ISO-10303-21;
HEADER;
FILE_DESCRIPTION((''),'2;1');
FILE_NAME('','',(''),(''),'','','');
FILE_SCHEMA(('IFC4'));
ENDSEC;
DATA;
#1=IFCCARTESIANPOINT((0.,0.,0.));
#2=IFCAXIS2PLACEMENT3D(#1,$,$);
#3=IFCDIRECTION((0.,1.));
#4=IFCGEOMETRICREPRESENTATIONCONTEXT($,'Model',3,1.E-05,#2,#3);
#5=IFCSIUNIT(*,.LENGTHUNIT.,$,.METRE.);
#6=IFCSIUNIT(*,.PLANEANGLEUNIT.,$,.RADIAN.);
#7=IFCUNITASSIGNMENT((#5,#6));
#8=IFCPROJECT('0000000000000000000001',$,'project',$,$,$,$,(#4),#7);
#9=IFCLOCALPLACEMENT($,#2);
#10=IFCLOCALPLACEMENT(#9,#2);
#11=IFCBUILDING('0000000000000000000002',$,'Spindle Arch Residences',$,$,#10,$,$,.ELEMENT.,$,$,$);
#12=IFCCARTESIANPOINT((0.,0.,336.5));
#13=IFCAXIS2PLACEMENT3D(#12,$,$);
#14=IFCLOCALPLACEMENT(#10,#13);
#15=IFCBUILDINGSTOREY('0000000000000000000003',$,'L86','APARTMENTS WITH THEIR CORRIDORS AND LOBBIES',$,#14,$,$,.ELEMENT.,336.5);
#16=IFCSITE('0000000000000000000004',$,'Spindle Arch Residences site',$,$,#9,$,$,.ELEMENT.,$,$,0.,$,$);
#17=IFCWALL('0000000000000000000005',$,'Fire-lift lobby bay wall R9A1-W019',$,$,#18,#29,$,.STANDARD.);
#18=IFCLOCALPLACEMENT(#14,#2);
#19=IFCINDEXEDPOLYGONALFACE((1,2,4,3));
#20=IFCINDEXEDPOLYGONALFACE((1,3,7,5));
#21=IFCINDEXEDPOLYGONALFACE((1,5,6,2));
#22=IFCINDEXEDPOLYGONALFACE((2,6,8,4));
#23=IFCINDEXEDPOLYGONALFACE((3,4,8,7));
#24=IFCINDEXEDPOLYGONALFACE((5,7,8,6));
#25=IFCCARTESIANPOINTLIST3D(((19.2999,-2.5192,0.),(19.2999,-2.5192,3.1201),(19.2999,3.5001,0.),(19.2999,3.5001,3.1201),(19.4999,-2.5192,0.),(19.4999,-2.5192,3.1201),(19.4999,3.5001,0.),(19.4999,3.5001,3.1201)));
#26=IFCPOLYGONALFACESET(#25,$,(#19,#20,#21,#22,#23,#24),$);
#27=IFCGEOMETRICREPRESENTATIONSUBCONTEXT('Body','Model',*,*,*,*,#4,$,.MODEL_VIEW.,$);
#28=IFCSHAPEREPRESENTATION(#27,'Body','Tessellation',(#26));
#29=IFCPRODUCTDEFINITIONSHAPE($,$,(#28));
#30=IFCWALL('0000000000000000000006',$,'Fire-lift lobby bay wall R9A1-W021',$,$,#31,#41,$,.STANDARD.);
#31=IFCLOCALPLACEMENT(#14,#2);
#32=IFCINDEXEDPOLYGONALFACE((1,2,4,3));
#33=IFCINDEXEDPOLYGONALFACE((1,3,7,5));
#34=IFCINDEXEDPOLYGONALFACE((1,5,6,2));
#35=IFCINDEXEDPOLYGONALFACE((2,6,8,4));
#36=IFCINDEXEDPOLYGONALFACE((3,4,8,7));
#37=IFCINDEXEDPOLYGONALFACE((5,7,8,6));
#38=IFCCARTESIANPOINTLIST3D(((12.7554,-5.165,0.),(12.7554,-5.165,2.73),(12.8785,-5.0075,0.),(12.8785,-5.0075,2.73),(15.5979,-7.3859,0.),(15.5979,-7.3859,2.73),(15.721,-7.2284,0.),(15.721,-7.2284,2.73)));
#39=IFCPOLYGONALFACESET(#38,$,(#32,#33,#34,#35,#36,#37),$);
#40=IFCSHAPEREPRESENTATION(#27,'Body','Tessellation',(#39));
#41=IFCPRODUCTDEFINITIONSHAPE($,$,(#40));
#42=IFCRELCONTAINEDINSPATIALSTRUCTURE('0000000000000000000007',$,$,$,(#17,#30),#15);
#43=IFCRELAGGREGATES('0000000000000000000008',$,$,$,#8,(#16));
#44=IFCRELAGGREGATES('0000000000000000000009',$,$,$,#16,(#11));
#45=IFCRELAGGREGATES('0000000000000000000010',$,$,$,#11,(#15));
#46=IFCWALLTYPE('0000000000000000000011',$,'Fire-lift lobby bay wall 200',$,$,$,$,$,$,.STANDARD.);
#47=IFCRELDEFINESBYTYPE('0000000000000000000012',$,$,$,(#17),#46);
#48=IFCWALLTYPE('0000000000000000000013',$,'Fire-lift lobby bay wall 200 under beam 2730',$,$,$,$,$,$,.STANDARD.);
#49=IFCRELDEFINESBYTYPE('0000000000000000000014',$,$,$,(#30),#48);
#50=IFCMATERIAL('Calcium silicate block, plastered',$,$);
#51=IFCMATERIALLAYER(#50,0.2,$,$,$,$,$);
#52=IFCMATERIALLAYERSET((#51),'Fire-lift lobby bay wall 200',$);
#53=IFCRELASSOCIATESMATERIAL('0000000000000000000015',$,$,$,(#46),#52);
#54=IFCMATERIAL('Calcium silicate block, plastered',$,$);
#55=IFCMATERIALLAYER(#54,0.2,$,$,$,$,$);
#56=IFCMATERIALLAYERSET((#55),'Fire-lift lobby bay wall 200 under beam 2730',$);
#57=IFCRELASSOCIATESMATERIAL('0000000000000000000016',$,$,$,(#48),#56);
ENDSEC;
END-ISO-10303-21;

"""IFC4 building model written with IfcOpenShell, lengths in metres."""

from ifc_helpers import new_model, si_unit, direction, frame, frame_2d, origin, place, context, subcontext, project, spatial, rectangle, extrude, material, layer, layer_set, type_object, element, save


model = new_model("IFC4")

# Units and contexts
model_context = context("Model", 3, precision=1e-05, world=origin(), true_north=direction((0.0, 1.0)))
body_context = subcontext(model_context, "Body", "Model", "MODEL_VIEW")
ifc_project = project(units=[si_unit("LENGTHUNIT", "METRE"), si_unit("PLANEANGLEUNIT", "RADIAN")], contexts=[model_context])

# Site, building, storey
site_placement = place(None, origin())
site = spatial("IfcSite", under=ifc_project, at=site_placement, Name="Spindle Arch Residences site", CompositionType="ELEMENT", RefElevation=0.0)
building_placement = place(site_placement, origin())
building = spatial("IfcBuilding", under=site, at=building_placement, Name="Spindle Arch Residences", CompositionType="ELEMENT")
storey_placement = place(building_placement, frame((0.0, 0.0, 336.5)))
storey = spatial("IfcBuildingStorey", under=building, at=storey_placement, Name="L86", Description="APARTMENTS WITH THEIR CORRIDORS AND LOBBIES", CompositionType="ELEMENT", Elevation=336.5)

# Shared definitions
ifc_material_1 = material(Name="Calcium silicate block, plastered")
ifc_layer_1 = layer(ifc_material_1, 0.2)
ifc_layer_set_1 = layer_set([ifc_layer_1], Name="Fire-lift lobby bay wall 200")
wall_type_1 = type_object("IfcWallType", Name="Fire-lift lobby bay wall 200", PredefinedType="STANDARD", material=ifc_layer_set_1)

# Walls
wall_1_placement = place(storey_placement, frame((19.3999, -2.5193, 0.0), z_axis=(0.0, 0.0, 1.0), x_axis=(0.0, 1.0, 0.0)))
element("IfcWall", 1, at=wall_1_placement, inside=storey, type_object=wall_type_1, Name="Fire-lift lobby bay wall R9A1-W019", PredefinedType="STANDARD", context=body_context, shape_type="SweptSolid", body=[
    extrude(rectangle(XDim=6.0193, YDim=0.2, at=frame_2d((3.0098, 0.0))), origin(), (0.0, 0.0, 1.0), 3.1201),
])
ifc_material_2 = material(Name="Calcium silicate block, plastered")
ifc_layer_2 = layer(ifc_material_2, 0.2)
ifc_layer_set_2 = layer_set([ifc_layer_2], Name="Fire-lift lobby bay wall 200 under beam 2730")
wall_type_2 = type_object("IfcWallType", Name="Fire-lift lobby bay wall 200 under beam 2730", PredefinedType="STANDARD", material=ifc_layer_set_2)
wall_2_placement = place(storey_placement, frame((12.8169, -5.0862, 0.0), z_axis=(0.0, 0.0, 1.0), x_axis=(0.787995, -0.615682, 0.0)))
element("IfcWall", 2, at=wall_2_placement, inside=storey, type_object=wall_type_2, Name="Fire-lift lobby bay wall R9A1-W021", PredefinedType="STANDARD", context=body_context, shape_type="SweptSolid", body=[
    extrude(rectangle(XDim=3.6072, YDim=0.2, at=frame_2d((1.8037, 0.0))), origin(), (0.0, 0.0, 1.0), 2.73),
])

save(model, "model.ifc")
